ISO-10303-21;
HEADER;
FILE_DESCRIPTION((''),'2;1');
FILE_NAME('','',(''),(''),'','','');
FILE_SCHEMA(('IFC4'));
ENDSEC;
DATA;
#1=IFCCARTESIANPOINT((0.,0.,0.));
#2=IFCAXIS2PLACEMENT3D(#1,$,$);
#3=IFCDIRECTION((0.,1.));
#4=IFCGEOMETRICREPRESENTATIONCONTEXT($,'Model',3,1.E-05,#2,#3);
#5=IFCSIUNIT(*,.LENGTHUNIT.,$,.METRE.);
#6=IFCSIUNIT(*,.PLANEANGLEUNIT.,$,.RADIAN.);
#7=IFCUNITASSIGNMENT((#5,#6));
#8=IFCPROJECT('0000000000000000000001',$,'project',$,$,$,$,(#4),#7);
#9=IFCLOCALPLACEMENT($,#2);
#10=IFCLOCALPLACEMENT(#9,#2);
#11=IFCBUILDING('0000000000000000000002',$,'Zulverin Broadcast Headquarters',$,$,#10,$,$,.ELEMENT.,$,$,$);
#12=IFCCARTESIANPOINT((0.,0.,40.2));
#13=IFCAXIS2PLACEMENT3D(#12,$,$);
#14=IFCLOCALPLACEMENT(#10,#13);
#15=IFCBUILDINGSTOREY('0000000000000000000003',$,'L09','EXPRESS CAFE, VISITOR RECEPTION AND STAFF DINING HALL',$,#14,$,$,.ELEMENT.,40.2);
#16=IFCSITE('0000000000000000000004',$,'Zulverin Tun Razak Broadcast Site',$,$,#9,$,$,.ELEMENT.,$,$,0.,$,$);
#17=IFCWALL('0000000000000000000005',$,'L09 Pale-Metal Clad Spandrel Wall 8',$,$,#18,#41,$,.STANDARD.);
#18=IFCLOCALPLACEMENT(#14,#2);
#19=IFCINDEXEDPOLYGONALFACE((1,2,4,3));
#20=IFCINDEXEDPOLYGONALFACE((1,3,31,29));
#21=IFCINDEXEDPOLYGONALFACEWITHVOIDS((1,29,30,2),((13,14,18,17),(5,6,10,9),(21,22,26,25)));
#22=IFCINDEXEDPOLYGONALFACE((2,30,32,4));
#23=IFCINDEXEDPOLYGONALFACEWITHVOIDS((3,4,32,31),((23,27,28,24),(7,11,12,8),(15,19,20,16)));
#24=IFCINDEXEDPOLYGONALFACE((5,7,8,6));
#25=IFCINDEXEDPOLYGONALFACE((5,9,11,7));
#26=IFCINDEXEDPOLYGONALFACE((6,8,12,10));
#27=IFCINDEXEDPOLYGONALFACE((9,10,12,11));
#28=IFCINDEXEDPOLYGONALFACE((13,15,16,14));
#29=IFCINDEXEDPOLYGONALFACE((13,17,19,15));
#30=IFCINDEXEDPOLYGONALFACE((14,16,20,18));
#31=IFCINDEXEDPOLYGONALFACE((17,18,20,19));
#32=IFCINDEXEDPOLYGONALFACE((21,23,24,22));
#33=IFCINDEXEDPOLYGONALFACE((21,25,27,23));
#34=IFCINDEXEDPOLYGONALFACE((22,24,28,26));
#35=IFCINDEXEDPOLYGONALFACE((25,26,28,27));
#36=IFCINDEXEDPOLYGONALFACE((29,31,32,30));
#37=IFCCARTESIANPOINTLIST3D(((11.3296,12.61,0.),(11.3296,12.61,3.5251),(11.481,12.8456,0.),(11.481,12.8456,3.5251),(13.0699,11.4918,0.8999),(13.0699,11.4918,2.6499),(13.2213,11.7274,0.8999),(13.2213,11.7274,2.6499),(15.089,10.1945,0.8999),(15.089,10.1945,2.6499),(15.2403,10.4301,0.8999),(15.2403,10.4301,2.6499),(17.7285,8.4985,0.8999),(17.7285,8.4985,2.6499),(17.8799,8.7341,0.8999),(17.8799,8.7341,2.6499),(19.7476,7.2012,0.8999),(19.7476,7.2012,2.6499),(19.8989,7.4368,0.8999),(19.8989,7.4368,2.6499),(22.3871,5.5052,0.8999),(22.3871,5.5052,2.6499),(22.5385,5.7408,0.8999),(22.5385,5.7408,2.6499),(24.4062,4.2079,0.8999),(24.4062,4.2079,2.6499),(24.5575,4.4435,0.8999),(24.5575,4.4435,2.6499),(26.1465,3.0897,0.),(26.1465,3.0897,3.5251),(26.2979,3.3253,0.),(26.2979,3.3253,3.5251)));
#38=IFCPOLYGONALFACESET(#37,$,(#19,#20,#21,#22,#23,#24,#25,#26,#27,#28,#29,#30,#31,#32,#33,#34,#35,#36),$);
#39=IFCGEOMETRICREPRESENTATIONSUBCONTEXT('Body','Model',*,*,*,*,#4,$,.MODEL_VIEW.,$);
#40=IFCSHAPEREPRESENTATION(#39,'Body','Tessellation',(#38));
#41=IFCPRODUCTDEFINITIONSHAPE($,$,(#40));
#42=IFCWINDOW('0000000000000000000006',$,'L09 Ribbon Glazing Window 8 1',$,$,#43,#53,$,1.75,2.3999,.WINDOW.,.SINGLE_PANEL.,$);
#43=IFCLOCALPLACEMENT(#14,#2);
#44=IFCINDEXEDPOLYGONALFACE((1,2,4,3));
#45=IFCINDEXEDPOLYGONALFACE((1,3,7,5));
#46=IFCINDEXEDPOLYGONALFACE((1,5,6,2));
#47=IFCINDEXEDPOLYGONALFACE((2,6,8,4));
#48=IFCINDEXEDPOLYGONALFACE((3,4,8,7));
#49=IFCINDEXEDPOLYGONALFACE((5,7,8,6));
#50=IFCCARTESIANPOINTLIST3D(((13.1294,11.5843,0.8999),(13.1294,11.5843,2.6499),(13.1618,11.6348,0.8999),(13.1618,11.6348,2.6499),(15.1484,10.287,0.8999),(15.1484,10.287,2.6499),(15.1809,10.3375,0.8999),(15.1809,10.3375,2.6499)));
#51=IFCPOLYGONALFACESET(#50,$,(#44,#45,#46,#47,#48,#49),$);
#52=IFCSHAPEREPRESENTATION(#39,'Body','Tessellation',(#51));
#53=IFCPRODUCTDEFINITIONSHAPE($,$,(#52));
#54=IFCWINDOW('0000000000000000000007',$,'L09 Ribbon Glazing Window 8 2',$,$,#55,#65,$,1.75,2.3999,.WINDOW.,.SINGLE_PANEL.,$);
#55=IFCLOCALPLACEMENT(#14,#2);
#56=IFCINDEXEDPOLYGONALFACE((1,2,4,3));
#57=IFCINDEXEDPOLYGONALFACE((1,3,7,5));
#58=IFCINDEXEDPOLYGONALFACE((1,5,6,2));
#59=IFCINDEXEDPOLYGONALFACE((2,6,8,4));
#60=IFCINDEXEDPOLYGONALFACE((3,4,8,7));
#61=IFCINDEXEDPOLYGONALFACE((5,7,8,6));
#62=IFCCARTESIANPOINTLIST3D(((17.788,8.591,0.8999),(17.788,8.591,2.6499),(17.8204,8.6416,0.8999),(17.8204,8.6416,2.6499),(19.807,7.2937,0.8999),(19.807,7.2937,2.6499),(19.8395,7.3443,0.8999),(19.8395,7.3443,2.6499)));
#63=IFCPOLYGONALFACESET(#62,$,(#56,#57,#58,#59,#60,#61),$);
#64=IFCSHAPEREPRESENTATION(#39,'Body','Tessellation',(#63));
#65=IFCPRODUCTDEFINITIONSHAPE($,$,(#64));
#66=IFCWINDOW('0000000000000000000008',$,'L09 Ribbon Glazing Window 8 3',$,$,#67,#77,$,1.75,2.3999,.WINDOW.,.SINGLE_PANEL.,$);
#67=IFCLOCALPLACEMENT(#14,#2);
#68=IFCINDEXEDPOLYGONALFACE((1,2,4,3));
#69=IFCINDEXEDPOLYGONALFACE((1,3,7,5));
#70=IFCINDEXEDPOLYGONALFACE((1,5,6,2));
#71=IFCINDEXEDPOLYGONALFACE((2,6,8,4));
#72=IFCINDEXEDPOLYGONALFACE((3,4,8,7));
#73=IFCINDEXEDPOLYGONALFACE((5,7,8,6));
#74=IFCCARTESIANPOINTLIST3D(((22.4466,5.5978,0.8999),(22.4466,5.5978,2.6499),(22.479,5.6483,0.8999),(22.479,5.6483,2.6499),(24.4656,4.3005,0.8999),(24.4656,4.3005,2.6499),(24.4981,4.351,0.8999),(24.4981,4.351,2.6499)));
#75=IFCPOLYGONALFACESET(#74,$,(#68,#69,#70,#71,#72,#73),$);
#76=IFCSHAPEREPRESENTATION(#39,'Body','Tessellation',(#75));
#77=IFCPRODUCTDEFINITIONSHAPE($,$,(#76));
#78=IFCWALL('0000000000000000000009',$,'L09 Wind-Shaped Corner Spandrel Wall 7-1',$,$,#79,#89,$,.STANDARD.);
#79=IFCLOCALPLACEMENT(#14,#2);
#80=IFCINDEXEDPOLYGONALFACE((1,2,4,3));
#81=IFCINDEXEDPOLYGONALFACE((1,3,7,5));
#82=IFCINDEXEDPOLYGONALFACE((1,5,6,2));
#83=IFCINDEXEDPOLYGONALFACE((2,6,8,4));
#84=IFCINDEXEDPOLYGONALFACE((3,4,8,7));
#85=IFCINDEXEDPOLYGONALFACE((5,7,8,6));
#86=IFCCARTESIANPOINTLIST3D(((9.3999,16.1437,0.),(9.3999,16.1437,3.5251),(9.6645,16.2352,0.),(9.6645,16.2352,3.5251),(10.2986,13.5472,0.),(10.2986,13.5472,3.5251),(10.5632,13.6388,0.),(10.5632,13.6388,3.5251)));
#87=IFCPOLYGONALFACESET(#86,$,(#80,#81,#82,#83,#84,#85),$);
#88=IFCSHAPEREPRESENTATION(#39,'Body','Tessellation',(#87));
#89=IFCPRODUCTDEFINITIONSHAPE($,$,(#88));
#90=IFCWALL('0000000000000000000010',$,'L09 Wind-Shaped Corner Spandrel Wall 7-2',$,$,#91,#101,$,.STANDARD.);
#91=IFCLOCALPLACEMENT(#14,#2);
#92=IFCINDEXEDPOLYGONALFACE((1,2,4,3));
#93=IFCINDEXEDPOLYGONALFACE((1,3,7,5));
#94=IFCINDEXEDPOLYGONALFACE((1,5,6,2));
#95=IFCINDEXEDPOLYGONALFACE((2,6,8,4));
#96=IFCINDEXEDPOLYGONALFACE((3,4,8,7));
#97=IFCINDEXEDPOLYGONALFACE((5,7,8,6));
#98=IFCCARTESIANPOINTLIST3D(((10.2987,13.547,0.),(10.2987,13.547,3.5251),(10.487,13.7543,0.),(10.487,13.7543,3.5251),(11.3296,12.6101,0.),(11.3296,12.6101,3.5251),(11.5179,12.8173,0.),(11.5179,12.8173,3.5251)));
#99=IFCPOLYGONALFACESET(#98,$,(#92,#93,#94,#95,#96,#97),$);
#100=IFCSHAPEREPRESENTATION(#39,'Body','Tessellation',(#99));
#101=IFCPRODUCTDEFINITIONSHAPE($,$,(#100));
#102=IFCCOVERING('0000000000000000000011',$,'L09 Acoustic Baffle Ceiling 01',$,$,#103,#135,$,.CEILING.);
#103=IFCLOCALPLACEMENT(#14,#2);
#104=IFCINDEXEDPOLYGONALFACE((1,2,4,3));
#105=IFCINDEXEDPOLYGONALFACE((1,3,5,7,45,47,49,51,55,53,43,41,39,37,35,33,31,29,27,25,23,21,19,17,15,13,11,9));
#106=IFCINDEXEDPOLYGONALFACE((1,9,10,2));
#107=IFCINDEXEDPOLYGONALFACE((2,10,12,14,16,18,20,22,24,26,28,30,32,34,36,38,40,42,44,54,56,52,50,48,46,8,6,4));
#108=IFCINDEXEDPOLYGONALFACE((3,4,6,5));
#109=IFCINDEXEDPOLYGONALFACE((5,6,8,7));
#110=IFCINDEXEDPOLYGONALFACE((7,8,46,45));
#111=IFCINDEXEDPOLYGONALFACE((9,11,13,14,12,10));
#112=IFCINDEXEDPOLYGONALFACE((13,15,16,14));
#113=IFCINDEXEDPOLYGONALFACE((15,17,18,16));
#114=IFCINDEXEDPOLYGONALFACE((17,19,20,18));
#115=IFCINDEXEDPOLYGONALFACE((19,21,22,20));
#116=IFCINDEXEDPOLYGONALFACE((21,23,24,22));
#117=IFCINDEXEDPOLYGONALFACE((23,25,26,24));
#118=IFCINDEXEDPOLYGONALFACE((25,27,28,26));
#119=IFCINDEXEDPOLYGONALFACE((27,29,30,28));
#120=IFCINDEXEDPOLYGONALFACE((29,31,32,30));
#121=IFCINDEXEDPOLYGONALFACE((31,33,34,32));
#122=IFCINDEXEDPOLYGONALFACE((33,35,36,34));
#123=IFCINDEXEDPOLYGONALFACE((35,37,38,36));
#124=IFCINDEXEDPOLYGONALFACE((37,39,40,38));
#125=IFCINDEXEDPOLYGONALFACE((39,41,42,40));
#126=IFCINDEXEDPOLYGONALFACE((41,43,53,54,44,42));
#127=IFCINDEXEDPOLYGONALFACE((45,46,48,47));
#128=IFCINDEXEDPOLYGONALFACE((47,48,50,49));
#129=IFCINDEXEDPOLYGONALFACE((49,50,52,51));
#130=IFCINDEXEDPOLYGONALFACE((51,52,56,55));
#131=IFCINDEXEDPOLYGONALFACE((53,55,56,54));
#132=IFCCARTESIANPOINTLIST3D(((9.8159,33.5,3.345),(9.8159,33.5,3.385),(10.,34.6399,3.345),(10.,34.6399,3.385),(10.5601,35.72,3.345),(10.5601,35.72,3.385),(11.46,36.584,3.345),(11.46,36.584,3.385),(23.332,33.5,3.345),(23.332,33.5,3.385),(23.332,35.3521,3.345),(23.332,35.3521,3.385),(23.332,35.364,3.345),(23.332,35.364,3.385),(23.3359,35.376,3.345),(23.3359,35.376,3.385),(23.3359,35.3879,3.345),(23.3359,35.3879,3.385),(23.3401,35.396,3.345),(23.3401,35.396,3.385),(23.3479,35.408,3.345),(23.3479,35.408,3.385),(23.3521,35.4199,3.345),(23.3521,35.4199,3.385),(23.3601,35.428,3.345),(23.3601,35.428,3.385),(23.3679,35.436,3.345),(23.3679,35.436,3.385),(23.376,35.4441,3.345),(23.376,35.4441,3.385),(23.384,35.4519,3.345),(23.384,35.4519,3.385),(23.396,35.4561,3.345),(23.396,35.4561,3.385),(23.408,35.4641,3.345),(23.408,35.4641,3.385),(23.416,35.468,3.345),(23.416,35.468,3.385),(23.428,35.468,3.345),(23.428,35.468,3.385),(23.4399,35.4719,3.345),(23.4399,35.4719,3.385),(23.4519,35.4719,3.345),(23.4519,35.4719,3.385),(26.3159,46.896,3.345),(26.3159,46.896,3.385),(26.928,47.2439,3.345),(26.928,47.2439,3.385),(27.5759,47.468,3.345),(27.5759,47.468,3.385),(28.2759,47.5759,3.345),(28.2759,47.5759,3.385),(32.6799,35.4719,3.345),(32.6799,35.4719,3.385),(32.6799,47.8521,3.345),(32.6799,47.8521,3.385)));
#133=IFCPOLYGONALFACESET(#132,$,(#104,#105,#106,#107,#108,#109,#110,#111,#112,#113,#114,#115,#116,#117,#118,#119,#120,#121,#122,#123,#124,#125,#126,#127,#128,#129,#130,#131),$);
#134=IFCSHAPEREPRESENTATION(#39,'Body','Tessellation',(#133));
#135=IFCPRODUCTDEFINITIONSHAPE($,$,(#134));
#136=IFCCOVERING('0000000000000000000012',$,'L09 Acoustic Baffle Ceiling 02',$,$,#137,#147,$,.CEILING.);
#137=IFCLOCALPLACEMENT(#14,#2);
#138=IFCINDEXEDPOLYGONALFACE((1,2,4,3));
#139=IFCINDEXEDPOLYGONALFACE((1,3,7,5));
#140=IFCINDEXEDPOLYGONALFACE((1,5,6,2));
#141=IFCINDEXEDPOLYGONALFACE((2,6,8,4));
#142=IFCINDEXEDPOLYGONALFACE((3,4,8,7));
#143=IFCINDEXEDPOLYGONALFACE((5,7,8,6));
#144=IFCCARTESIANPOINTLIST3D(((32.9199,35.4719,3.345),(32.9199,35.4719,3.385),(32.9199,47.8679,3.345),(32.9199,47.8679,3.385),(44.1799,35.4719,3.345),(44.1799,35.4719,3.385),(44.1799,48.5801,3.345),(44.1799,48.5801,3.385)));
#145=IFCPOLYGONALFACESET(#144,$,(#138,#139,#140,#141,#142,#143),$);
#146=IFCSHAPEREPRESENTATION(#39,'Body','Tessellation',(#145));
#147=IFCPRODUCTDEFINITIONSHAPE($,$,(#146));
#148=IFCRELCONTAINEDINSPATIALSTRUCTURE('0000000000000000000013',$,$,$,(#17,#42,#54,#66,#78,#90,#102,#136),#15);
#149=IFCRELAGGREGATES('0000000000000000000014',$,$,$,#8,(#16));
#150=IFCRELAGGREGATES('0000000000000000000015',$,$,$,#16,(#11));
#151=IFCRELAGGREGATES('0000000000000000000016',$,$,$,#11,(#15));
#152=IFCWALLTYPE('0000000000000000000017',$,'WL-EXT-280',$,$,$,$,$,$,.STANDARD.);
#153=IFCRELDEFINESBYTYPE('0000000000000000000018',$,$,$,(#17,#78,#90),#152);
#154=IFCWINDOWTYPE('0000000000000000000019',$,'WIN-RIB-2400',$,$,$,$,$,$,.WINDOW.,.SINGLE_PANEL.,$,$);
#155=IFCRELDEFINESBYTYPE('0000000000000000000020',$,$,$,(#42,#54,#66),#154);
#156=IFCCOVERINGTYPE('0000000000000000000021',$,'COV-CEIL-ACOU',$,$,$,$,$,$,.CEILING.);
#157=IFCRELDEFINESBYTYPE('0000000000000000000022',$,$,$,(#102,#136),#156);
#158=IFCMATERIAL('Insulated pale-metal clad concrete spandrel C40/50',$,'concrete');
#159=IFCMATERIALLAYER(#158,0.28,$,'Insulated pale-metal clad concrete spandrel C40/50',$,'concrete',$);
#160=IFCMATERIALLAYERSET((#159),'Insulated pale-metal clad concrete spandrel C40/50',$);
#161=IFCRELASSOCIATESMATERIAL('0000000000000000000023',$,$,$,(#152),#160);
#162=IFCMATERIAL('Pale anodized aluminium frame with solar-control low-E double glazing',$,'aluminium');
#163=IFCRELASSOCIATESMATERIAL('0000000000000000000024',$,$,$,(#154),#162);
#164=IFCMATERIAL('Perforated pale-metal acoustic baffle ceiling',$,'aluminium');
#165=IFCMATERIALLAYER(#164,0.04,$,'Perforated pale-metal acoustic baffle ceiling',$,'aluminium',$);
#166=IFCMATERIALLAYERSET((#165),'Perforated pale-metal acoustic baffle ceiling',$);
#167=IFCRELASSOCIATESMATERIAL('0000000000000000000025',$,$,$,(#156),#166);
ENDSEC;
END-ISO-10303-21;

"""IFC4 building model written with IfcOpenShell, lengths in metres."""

from ifc_helpers import new_model, si_unit, direction, frame, frame_2d, origin, place, context, subcontext, project, spatial, polyline, rectangle, outline, extrude, material, layer, layer_set, type_object, element, fill, save


model = new_model("IFC4")

# Units and contexts
model_context = context("Model", 3, precision=1e-05, world=origin(), true_north=direction((0.0, 1.0)))
body_context = subcontext(model_context, "Body", "Model", "MODEL_VIEW")
ifc_project = project(units=[si_unit("LENGTHUNIT", "METRE"), si_unit("PLANEANGLEUNIT", "RADIAN")], contexts=[model_context])

# Site, building, storey
site_placement = place(None, origin())
site = spatial("IfcSite", under=ifc_project, at=site_placement, Name="Zulverin Tun Razak Broadcast Site", CompositionType="ELEMENT", RefElevation=0.0)
building_placement = place(site_placement, origin())
building = spatial("IfcBuilding", under=site, at=building_placement, Name="Zulverin Broadcast Headquarters", CompositionType="ELEMENT")
storey_placement = place(building_placement, frame((0.0, 0.0, 40.2)))
storey = spatial("IfcBuildingStorey", under=building, at=storey_placement, Name="L09", Description="EXPRESS CAFE, VISITOR RECEPTION AND STAFF DINING HALL", CompositionType="ELEMENT", Elevation=40.2)

# Wall, openings, windows
ifc_material_1 = material(Name="Insulated pale-metal clad concrete spandrel C40/50", Category="concrete")
ifc_layer_1 = layer(ifc_material_1, 0.28, Name="Insulated pale-metal clad concrete spandrel C40/50", Category="concrete")
ifc_layer_set_1 = layer_set([ifc_layer_1], Name="Insulated pale-metal clad concrete spandrel C40/50")
wall_type_1 = type_object("IfcWallType", Name="WL-EXT-280", PredefinedType="STANDARD", material=ifc_layer_set_1)
wall_1_placement = place(storey_placement, frame((11.4053, 12.7278, 0.0), z_axis=(0.0, 0.0, 1.0), x_axis=(0.841305, -0.540561, 0.0)))
wall_1 = element("IfcWall", 1, at=wall_1_placement, inside=storey, type_object=wall_type_1, Name="L09 Pale-Metal Clad Spandrel Wall 8", PredefinedType="STANDARD", context=body_context, shape_type="SweptSolid", body=[
    extrude(rectangle(XDim=17.6118, YDim=0.28, at=frame_2d((8.8059, 0.0))), origin(), (0.0, 0.0, 1.0), 3.5251),
])
opening_1_placement = place(wall_1_placement, frame((2.0686, 0.0, 0.8999)))
opening_1 = element("IfcOpeningElement", 2, at=opening_1_placement, cuts=wall_1, PredefinedType="OPENING", context=body_context, shape_type="SweptSolid", body=[
    extrude(rectangle(XDim=2.3999, YDim=1.75, at=frame_2d((1.2, 0.875))), frame((0.0, 0.1499, 0.0), z_axis=(0.0, -1.0, 0.0), x_axis=(1.0, 0.0, 0.0)), (0.0, 0.0, 1.0), 0.3),
])
opening_2_placement = place(wall_1_placement, frame((7.606, 0.0, 0.8999)))
opening_2 = element("IfcOpeningElement", 3, at=opening_2_placement, cuts=wall_1, PredefinedType="OPENING", context=body_context, shape_type="SweptSolid", body=[
    extrude(rectangle(XDim=2.3999, YDim=1.75, at=frame_2d((1.2, 0.875))), frame((0.0, 0.1499, 0.0), z_axis=(0.0, -1.0, 0.0), x_axis=(1.0, 0.0, 0.0)), (0.0, 0.0, 1.0), 0.3),
])
opening_3_placement = place(wall_1_placement, frame((13.1433, 0.0, 0.8999)))
opening_3 = element("IfcOpeningElement", 4, at=opening_3_placement, cuts=wall_1, PredefinedType="OPENING", context=body_context, shape_type="SweptSolid", body=[
    extrude(rectangle(XDim=2.3999, YDim=1.75, at=frame_2d((1.2, 0.875))), frame((0.0, 0.1499, 0.0), z_axis=(0.0, -1.0, 0.0), x_axis=(1.0, 0.0, 0.0)), (0.0, 0.0, 1.0), 0.3),
])
ifc_material_2 = material(Name="Pale anodized aluminium frame with solar-control low-E double glazing", Category="aluminium")
window_type = type_object("IfcWindowType", Name="WIN-RIB-2400", PartitioningType="SINGLE_PANEL", PredefinedType="WINDOW", material=ifc_material_2)
window_1_placement = place(opening_1_placement, origin())
window_1 = element("IfcWindow", 5, at=window_1_placement, inside=storey, type_object=window_type, Name="L09 Ribbon Glazing Window 8 1", OverallHeight=1.75, OverallWidth=2.3999, PartitioningType="SINGLE_PANEL", PredefinedType="WINDOW", context=body_context, shape_type="SweptSolid", body=[
    extrude(rectangle(XDim=2.3999, YDim=1.75, at=frame_2d((1.2, 0.875))), frame((0.0, 0.03, 0.0), z_axis=(0.0, -1.0, 0.0), x_axis=(1.0, 0.0, 0.0)), (0.0, 0.0, 1.0), 0.0601),
])
fill(opening_1, window_1)
window_2_placement = place(opening_2_placement, origin())
window_2 = element("IfcWindow", 6, at=window_2_placement, inside=storey, type_object=window_type, Name="L09 Ribbon Glazing Window 8 2", OverallHeight=1.75, OverallWidth=2.3999, PartitioningType="SINGLE_PANEL", PredefinedType="WINDOW", context=body_context, shape_type="SweptSolid", body=[
    extrude(rectangle(XDim=2.3999, YDim=1.75, at=frame_2d((1.2, 0.875))), frame((0.0, 0.03, 0.0), z_axis=(0.0, -1.0, 0.0), x_axis=(1.0, 0.0, 0.0)), (0.0, 0.0, 1.0), 0.0601),
])
fill(opening_2, window_2)
window_3_placement = place(opening_3_placement, origin())
window_3 = element("IfcWindow", 7, at=window_3_placement, inside=storey, type_object=window_type, Name="L09 Ribbon Glazing Window 8 3", OverallHeight=1.75, OverallWidth=2.3999, PartitioningType="SINGLE_PANEL", PredefinedType="WINDOW", context=body_context, shape_type="SweptSolid", body=[
    extrude(rectangle(XDim=2.3999, YDim=1.75, at=frame_2d((1.2, 0.875))), frame((0.0, 0.03, 0.0), z_axis=(0.0, -1.0, 0.0), x_axis=(1.0, 0.0, 0.0)), (0.0, 0.0, 1.0), 0.0601),
])
fill(opening_3, window_3)

# Walls
wall_2_placement = place(storey_placement, frame((9.5322, 16.1895, 0.0), z_axis=(0.0, 0.0, 1.0), x_axis=(0.327083, -0.944996, 0.0)))
element("IfcWall", 8, at=wall_2_placement, inside=storey, type_object=wall_type_1, Name="L09 Wind-Shaped Corner Spandrel Wall 7-1", PredefinedType="STANDARD", context=body_context, shape_type="SweptSolid", body=[
    extrude(rectangle(XDim=2.7476, YDim=0.28, at=frame_2d((1.3738, 0.0))), origin(), (0.0, 0.0, 1.0), 3.5251),
])
wall_3_placement = place(storey_placement, frame((10.3928, 13.6506, 0.0), z_axis=(0.0, 0.0, 1.0), x_axis=(0.740035, -0.672568, 0.0)))
element("IfcWall", 9, at=wall_3_placement, inside=storey, type_object=wall_type_1, Name="L09 Wind-Shaped Corner Spandrel Wall 7-2", PredefinedType="STANDARD", context=body_context, shape_type="SweptSolid", body=[
    extrude(rectangle(XDim=1.3931, YDim=0.28, at=frame_2d((0.6965, 0.0))), origin(), (0.0, 0.0, 1.0), 3.5251),
])

# Coverings
ifc_material_3 = material(Name="Perforated pale-metal acoustic baffle ceiling", Category="aluminium")
ifc_layer_2 = layer(ifc_material_3, 0.04, Name="Perforated pale-metal acoustic baffle ceiling", Category="aluminium")
ifc_layer_set_2 = layer_set([ifc_layer_2], Name="Perforated pale-metal acoustic baffle ceiling")
covering_type_1 = type_object("IfcCoveringType", Name="COV-CEIL-ACOU", PredefinedType="CEILING", material=ifc_layer_set_2)
covering_1_placement = place(storey_placement, frame((0.0, 0.0, 3.345)))
element("IfcCovering", 10, at=covering_1_placement, inside=storey, type_object=covering_type_1, Name="L09 Acoustic Baffle Ceiling 01", PredefinedType="CEILING", context=body_context, shape_type="SweptSolid", body=[
    extrude(outline(polyline([(11.46, 36.584), (10.5601, 35.72), (10.0, 34.6399), (9.8159, 33.5), (23.332, 33.5), (23.332, 35.3521), (23.332, 35.364), (23.3359, 35.376), (23.3359, 35.3879), (23.3401, 35.396), (23.3479, 35.408), (23.3521, 35.4199), (23.3601, 35.428), (23.3679, 35.436), (23.376, 35.4441), (23.384, 35.4519), (23.396, 35.4561), (23.408, 35.4641), (23.416, 35.468), (23.428, 35.468), (23.4399, 35.4719), (23.4519, 35.4719), (32.6799, 35.4719), (32.6799, 47.8521), (28.2759, 47.5759), (27.5759, 47.468), (26.928, 47.2439), (26.3159, 46.896), (11.46, 36.584)])), origin(), (0.0, 0.0, 1.0), 0.04),
])
covering_2_placement = place(storey_placement, frame((0.0, 0.0, 3.345)))
element("IfcCovering", 11, at=covering_2_placement, inside=storey, type_object=covering_type_1, Name="L09 Acoustic Baffle Ceiling 02", PredefinedType="CEILING", context=body_context, shape_type="SweptSolid", body=[
    extrude(outline(polyline([(44.1799, 35.4719), (44.1799, 48.5801), (32.9199, 47.8679), (32.9199, 35.4719), (44.1799, 35.4719)])), origin(), (0.0, 0.0, 1.0), 0.04),
])

save(model, "model.ifc")
